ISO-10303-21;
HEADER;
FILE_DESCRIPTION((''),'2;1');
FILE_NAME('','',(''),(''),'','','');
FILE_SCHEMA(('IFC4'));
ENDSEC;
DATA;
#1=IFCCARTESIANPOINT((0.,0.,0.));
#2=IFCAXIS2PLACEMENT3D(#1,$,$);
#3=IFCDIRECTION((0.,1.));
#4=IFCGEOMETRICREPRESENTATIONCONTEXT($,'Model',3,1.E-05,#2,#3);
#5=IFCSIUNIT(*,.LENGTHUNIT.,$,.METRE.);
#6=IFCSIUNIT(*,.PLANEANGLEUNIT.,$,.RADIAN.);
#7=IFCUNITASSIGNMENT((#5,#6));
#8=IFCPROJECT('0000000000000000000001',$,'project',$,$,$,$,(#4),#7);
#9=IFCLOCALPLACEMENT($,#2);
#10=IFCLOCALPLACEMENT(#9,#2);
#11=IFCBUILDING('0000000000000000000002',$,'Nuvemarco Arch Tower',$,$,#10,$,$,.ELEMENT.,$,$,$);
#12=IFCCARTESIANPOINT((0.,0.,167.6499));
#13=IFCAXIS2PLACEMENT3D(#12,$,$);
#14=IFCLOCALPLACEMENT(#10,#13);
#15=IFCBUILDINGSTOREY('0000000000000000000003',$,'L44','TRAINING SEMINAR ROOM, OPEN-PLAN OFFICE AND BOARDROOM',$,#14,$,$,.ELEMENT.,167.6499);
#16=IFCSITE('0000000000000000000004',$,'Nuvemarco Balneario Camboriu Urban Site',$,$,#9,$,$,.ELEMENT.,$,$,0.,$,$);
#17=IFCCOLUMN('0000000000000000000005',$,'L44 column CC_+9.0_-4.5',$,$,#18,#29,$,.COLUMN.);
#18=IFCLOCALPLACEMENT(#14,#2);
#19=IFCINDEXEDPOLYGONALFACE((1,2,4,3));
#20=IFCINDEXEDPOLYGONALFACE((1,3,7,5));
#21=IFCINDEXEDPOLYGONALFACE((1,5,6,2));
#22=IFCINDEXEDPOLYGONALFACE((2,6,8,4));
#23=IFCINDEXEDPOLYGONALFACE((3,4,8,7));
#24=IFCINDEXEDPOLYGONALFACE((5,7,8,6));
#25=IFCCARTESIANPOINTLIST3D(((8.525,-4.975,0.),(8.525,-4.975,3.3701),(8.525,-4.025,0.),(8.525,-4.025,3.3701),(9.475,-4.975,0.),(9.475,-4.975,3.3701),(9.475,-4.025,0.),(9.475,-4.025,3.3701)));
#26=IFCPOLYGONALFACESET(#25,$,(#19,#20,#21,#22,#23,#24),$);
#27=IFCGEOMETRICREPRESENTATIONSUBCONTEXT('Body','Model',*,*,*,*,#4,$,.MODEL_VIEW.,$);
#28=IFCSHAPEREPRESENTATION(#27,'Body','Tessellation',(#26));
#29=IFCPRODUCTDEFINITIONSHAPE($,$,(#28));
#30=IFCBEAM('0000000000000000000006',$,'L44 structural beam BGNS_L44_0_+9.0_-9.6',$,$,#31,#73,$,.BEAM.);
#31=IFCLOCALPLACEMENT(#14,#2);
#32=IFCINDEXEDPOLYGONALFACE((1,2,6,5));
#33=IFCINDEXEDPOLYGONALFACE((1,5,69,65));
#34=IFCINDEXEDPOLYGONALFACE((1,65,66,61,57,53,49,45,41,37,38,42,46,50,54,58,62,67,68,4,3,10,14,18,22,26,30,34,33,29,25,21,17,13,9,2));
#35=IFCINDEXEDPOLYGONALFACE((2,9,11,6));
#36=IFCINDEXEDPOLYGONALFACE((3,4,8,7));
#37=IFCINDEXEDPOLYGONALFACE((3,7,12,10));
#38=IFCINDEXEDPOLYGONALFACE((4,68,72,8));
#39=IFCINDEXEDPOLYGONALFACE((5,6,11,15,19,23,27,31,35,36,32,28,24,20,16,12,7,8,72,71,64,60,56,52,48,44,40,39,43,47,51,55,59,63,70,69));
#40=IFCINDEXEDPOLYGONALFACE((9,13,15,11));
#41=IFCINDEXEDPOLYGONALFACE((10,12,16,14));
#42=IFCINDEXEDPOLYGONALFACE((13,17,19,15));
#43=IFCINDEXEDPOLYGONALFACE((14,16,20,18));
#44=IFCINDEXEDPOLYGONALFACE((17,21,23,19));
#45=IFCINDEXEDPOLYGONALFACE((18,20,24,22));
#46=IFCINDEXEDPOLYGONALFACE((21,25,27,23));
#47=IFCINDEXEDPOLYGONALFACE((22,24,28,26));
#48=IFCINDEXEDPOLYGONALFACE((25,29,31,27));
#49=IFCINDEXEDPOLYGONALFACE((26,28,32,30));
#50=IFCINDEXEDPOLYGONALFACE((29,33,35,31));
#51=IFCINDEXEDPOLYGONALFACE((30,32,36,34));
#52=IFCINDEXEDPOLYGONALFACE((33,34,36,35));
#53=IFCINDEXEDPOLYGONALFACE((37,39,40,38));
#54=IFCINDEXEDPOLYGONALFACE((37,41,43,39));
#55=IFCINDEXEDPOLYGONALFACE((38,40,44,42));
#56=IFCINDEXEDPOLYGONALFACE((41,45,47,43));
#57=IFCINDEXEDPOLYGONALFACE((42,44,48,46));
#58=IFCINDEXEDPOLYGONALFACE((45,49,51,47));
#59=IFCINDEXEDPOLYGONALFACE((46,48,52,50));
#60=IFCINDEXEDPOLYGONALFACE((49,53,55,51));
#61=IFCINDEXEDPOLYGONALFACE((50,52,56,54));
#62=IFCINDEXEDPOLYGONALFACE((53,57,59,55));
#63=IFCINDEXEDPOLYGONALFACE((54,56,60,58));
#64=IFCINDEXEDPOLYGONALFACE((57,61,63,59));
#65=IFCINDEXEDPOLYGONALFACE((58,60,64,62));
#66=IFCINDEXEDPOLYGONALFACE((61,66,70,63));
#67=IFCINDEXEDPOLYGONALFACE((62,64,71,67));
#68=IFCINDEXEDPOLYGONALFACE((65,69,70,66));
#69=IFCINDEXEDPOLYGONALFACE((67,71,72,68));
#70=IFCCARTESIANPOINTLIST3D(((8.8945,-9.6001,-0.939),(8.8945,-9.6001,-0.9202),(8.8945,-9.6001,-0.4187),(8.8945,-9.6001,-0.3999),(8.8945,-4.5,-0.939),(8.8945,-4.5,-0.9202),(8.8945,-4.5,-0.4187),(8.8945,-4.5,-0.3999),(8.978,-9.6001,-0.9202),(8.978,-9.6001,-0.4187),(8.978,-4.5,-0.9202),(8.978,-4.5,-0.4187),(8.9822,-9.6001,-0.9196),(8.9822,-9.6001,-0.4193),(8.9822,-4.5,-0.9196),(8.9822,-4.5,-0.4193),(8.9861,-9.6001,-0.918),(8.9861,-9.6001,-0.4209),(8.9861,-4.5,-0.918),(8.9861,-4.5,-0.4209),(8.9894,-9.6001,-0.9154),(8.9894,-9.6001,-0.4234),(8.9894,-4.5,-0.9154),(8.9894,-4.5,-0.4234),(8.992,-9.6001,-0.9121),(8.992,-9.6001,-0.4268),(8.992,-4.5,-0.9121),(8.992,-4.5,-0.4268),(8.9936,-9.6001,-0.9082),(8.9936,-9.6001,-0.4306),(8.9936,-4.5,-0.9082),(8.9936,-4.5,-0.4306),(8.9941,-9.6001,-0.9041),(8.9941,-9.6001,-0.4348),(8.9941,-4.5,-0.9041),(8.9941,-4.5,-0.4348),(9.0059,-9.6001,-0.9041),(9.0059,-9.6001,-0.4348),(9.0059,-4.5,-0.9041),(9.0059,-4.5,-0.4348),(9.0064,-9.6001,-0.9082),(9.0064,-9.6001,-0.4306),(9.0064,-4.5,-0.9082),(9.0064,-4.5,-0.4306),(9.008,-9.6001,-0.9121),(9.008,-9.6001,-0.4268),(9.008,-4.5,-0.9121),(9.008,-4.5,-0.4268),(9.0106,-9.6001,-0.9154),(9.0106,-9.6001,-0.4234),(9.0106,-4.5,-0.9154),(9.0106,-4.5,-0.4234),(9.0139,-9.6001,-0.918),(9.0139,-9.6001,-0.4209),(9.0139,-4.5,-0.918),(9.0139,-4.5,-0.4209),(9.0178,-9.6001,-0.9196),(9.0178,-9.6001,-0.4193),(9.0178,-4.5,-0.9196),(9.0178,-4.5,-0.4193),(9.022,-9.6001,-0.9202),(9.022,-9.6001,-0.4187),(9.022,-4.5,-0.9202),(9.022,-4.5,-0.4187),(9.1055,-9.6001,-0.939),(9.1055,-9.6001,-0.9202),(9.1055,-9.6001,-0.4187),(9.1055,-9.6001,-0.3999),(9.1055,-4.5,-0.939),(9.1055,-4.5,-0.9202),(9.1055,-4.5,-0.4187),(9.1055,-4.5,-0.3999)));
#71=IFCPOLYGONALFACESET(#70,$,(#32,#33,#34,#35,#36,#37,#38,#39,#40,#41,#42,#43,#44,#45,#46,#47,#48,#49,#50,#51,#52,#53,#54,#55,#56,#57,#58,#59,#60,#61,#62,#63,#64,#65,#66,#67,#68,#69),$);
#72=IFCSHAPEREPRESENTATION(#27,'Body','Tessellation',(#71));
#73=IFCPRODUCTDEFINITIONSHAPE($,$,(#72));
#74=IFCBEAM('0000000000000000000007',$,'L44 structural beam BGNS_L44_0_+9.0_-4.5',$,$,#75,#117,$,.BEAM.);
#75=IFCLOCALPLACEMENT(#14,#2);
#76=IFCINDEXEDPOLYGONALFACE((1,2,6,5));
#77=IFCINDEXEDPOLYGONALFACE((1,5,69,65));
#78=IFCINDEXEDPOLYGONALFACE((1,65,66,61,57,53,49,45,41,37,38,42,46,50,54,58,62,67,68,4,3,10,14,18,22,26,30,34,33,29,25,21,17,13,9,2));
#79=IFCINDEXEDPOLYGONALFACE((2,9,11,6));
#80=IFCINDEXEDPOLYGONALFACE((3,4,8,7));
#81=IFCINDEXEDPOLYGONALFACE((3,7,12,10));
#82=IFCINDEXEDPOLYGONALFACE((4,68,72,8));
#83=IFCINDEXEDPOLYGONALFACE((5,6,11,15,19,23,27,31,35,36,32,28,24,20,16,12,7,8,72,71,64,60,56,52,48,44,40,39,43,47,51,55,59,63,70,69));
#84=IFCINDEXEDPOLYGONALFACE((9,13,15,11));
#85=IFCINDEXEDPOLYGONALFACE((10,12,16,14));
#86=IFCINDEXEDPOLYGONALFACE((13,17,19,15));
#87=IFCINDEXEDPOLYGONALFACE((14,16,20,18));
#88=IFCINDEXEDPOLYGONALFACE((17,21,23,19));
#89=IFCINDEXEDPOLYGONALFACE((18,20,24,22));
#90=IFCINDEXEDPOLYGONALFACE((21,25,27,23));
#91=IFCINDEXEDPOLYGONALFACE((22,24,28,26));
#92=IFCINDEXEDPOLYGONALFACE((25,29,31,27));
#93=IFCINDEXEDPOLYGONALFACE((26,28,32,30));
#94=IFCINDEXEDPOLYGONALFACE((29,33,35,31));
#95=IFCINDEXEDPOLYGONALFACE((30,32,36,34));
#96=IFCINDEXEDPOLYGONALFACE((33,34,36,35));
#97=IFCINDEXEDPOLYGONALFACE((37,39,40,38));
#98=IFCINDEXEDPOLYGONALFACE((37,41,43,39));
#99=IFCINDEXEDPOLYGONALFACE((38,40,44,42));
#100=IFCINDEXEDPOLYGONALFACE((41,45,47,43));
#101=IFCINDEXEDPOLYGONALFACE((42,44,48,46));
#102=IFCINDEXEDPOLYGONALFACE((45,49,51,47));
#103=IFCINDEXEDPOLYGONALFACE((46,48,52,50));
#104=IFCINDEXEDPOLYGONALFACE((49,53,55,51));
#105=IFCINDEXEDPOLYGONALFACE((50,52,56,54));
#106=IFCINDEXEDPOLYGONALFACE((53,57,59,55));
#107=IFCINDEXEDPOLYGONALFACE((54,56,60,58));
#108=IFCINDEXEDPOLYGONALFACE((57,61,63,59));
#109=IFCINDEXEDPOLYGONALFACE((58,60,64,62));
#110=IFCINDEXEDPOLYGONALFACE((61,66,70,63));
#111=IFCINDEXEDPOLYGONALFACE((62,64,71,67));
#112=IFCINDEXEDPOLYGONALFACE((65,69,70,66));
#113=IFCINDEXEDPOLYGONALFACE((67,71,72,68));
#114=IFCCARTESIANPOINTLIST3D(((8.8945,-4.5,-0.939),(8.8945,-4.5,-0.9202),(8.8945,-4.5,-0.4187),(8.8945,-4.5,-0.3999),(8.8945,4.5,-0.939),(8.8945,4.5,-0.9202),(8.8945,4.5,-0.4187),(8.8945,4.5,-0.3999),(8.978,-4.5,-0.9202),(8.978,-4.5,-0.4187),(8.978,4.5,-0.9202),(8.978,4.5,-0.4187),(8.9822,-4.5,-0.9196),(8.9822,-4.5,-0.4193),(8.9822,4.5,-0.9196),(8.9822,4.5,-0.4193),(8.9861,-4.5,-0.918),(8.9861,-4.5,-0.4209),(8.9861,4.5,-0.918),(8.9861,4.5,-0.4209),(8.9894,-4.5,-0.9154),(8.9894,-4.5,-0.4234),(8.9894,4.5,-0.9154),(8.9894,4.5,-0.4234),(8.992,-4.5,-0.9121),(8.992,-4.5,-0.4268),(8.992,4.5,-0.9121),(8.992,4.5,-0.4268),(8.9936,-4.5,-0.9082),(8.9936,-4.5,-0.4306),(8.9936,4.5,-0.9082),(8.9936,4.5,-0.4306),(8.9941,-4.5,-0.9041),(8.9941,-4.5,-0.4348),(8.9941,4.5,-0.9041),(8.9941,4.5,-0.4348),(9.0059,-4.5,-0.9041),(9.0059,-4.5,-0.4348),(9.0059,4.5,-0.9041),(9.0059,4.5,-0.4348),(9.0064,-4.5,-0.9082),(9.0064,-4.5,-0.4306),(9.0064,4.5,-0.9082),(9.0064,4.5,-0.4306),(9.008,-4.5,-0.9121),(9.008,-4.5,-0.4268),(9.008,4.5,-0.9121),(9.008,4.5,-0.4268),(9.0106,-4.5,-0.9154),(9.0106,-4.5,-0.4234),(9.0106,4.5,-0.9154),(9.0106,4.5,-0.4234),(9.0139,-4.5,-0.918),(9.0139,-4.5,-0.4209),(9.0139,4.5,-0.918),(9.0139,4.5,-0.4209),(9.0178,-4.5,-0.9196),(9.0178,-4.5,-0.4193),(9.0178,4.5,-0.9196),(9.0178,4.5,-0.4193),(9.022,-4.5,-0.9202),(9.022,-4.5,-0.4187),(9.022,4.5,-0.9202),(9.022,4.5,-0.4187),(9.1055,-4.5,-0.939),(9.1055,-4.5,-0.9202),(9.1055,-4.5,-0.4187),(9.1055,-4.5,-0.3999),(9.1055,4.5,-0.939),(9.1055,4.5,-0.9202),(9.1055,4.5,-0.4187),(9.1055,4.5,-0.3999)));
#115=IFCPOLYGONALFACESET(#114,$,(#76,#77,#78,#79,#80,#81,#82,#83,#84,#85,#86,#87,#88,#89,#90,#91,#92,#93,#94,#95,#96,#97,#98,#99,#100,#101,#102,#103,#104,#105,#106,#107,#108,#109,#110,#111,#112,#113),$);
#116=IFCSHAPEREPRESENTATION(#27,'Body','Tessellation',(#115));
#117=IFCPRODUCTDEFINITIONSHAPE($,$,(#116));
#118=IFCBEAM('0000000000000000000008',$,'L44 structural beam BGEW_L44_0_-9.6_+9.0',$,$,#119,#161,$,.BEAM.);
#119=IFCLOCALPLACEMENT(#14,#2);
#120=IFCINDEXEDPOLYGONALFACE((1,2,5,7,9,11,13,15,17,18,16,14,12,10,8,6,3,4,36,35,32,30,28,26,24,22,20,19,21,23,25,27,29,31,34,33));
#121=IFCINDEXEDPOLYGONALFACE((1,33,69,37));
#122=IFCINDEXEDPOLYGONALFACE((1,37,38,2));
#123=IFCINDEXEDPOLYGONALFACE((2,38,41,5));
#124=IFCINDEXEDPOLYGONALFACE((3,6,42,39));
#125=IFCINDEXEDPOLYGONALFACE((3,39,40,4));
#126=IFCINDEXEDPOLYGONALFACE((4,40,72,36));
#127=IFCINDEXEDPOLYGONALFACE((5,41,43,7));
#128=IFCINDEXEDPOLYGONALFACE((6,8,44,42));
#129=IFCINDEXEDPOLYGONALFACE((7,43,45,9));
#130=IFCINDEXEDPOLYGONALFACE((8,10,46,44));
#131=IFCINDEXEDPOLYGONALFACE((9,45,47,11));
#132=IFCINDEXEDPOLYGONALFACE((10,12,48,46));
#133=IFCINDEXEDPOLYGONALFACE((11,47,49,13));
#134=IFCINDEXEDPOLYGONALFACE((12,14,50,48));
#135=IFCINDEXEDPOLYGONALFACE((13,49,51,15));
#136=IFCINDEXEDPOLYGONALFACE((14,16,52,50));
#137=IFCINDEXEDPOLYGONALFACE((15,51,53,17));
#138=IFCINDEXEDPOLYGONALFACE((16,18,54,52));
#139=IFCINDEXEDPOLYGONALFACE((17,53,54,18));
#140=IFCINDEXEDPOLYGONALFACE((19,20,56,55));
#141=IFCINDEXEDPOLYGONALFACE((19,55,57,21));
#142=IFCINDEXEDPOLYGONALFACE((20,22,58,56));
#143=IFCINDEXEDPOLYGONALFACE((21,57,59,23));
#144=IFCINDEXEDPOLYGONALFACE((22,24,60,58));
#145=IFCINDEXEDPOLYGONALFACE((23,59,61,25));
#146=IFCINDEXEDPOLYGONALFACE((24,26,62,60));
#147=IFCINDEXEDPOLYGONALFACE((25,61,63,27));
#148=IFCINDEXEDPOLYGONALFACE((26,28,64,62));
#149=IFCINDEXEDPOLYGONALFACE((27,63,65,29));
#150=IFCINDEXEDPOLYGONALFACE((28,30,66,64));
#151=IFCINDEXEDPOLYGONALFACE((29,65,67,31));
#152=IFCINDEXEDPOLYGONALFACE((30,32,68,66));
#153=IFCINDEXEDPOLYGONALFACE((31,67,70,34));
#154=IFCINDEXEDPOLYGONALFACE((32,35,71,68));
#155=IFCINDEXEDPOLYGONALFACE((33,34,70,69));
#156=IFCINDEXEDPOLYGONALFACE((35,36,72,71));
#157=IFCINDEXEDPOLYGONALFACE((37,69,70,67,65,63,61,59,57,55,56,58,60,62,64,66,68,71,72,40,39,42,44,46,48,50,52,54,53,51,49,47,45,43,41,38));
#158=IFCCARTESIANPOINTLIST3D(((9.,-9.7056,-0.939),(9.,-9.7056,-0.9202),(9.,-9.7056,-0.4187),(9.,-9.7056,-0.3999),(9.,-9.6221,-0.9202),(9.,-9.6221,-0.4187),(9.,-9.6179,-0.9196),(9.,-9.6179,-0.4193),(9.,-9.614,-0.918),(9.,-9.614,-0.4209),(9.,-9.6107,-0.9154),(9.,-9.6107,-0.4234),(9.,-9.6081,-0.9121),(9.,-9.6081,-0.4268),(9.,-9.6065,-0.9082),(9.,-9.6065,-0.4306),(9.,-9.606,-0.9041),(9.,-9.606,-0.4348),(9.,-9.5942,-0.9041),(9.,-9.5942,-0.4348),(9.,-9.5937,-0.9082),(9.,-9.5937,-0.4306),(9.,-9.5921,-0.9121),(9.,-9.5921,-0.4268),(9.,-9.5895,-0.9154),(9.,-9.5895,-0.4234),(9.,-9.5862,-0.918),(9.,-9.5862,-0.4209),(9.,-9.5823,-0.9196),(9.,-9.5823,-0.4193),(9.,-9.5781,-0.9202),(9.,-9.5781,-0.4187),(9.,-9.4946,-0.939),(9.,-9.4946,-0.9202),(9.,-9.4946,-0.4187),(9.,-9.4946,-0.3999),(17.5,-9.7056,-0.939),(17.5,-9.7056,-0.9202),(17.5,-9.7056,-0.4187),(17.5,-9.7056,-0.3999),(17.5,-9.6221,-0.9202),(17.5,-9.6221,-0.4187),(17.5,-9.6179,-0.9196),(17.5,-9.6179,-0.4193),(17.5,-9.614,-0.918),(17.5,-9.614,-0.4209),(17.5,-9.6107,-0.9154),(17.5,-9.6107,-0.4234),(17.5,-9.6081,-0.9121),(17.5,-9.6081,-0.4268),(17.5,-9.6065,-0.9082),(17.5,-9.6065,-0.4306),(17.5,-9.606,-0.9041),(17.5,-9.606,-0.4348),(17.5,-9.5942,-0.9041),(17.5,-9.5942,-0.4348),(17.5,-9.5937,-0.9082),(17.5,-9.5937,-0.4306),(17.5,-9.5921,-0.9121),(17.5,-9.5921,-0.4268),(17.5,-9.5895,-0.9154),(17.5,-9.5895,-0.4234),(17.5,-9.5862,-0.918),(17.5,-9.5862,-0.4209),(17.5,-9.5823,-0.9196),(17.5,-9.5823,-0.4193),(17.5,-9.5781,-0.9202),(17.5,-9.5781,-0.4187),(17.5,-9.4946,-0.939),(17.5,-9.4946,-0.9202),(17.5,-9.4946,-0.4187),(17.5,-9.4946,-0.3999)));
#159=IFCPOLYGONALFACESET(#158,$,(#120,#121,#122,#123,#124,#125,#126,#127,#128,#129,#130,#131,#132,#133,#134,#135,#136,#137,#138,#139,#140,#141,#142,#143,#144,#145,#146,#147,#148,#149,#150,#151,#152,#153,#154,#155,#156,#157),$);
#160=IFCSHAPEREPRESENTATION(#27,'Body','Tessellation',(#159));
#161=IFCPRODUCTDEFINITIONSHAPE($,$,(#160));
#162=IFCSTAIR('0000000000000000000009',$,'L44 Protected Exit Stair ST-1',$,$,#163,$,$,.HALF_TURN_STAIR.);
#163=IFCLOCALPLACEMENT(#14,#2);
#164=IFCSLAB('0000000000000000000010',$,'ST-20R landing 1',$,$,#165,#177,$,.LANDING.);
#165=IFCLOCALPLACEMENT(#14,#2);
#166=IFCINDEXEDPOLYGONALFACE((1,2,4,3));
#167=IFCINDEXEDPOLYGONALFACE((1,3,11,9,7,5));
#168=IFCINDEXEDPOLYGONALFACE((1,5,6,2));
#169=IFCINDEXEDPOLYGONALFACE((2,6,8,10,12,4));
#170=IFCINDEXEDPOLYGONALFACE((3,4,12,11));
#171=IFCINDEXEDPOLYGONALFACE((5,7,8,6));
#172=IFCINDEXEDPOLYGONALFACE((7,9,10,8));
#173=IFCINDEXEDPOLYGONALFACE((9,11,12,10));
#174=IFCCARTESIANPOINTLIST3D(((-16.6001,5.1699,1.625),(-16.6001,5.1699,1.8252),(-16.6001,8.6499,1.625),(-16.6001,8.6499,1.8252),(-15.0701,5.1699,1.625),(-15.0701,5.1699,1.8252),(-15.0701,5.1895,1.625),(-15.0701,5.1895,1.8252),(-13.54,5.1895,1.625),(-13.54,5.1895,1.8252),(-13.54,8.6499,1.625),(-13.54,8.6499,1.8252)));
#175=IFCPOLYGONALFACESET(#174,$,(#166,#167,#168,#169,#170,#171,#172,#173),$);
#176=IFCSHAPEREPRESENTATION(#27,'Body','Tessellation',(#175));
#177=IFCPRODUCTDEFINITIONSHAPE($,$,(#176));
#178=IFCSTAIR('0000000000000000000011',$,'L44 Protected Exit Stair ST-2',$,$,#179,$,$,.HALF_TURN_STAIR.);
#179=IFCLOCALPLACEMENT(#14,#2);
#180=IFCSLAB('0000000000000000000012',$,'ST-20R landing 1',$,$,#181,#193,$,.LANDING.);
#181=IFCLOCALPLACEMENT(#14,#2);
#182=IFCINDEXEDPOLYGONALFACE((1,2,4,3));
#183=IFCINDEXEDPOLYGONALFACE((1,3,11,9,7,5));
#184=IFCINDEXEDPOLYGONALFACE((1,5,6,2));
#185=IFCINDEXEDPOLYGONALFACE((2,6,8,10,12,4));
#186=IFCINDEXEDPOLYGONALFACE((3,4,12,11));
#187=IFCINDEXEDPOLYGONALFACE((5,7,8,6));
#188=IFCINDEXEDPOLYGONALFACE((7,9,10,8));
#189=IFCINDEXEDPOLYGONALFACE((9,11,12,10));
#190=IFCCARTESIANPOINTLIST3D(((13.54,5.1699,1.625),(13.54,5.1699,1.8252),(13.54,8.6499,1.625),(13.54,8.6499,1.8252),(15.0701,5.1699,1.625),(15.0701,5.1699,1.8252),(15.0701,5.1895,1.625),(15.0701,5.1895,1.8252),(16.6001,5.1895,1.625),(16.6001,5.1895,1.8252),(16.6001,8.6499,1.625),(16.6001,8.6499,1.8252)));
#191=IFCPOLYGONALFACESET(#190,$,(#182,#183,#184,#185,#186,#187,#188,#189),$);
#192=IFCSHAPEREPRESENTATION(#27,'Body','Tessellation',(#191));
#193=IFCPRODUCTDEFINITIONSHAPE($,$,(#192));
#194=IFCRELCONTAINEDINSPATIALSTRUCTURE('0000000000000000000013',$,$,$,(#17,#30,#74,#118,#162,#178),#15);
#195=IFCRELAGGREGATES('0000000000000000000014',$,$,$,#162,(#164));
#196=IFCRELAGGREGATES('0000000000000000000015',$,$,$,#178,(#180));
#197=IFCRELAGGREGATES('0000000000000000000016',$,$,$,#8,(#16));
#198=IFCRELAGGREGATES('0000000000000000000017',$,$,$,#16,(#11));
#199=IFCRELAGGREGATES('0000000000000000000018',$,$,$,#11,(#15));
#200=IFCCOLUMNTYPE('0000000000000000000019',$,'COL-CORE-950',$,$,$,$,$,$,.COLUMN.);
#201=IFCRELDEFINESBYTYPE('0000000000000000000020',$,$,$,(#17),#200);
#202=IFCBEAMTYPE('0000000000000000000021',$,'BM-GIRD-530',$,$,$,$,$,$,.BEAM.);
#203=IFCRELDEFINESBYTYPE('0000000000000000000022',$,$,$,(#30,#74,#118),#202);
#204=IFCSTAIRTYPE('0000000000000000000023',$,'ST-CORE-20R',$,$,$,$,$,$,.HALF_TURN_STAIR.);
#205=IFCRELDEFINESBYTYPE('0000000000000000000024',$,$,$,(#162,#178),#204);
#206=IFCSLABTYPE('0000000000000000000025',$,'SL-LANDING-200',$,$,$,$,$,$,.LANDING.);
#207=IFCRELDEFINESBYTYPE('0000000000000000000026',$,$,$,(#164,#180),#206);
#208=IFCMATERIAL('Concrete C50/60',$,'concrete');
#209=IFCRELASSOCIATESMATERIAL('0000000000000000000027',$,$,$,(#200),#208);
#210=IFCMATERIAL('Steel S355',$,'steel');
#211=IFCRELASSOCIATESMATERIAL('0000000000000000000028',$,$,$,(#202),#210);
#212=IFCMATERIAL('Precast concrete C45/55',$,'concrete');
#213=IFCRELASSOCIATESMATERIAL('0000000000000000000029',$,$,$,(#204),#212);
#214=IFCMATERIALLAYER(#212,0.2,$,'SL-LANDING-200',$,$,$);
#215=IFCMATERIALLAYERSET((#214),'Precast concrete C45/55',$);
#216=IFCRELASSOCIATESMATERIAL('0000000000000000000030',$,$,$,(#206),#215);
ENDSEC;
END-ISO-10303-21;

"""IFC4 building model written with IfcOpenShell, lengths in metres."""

from ifc_helpers import new_model, si_unit, direction, frame, origin, origin_2d, place, context, subcontext, project, spatial, polyline, rectangle, i_section, outline, extrude, material, layer, layer_set, material_profile, profile_set, type_object, element, aggregate, save


model = new_model("IFC4")

# Units and contexts
model_context = context("Model", 3, precision=1e-05, world=origin(), true_north=direction((0.0, 1.0)))
body_context = subcontext(model_context, "Body", "Model", "MODEL_VIEW")
ifc_project = project(units=[si_unit("LENGTHUNIT", "METRE"), si_unit("PLANEANGLEUNIT", "RADIAN")], contexts=[model_context])

# Site, building, storey
site_placement = place(None, origin())
site = spatial("IfcSite", under=ifc_project, at=site_placement, Name="Nuvemarco Balneario Camboriu Urban Site", CompositionType="ELEMENT", RefElevation=0.0)
building_placement = place(site_placement, origin())
building = spatial("IfcBuilding", under=site, at=building_placement, Name="Nuvemarco Arch Tower", CompositionType="ELEMENT")
storey_placement = place(building_placement, frame((0.0, 0.0, 167.6499)))
storey = spatial("IfcBuildingStorey", under=building, at=storey_placement, Name="L44", Description="TRAINING SEMINAR ROOM, OPEN-PLAN OFFICE AND BOARDROOM", CompositionType="ELEMENT", Elevation=167.6499)

# Column
ifc_material_1 = material(Name="Concrete C50/60", Category="concrete")
ifc_material_profile_1 = material_profile(ifc_material_1, rectangle(XDim=0.95, YDim=0.95, at=origin_2d()), Name="RC-COL-950x950")
ifc_profile_set_1 = profile_set([ifc_material_profile_1], Name="Concrete C50/60")
column_type = type_object("IfcColumnType", Name="COL-CORE-950", PredefinedType="COLUMN", material=ifc_profile_set_1)
column_placement = place(storey_placement, frame((9.0, -4.5, 0.0), z_axis=(0.0, 0.0, 1.0), x_axis=(1.0, 0.0, 0.0)))
element("IfcColumn", 1, at=column_placement, inside=storey, type_object=column_type, Name="L44 column CC_+9.0_-4.5", PredefinedType="COLUMN", context=body_context, shape_type="SweptSolid", body=[
    extrude(rectangle(XDim=0.95, YDim=0.95, at=origin_2d()), origin(), (0.0, 0.0, 1.0), 3.3701),
])

# Beams
ifc_material_2 = material(Name="Steel S355", Category="steel")
ifc_material_profile_2 = material_profile(ifc_material_2, i_section(OverallWidth=0.2109, OverallDepth=0.5391, WebThickness=0.0117, FlangeThickness=0.0188, FilletRadius=0.0161, at=origin_2d()), Name="W530x109")
ifc_profile_set_2 = profile_set([ifc_material_profile_2], Name="Steel S355")
beam_type = type_object("IfcBeamType", Name="BM-GIRD-530", PredefinedType="BEAM", material=ifc_profile_set_2)
beam_1_placement = place(storey_placement, frame((9.0, -9.6001, -0.6694), z_axis=(0.0, 1.0, 0.0), x_axis=(-1.0, 0.0, 0.0)))
element("IfcBeam", 2, at=beam_1_placement, inside=storey, type_object=beam_type, Name="L44 structural beam BGNS_L44_0_+9.0_-9.6", PredefinedType="BEAM", context=body_context, shape_type="SweptSolid", body=[
    extrude(i_section(OverallWidth=0.2109, OverallDepth=0.5391, WebThickness=0.0117, FlangeThickness=0.0188, FilletRadius=0.0161, at=origin_2d()), origin(), (0.0, 0.0, 1.0), 5.1001),
])
beam_2_placement = place(storey_placement, frame((9.0, -4.5, -0.6694), z_axis=(0.0, 1.0, 0.0), x_axis=(-1.0, 0.0, 0.0)))
element("IfcBeam", 3, at=beam_2_placement, inside=storey, type_object=beam_type, Name="L44 structural beam BGNS_L44_0_+9.0_-4.5", PredefinedType="BEAM", context=body_context, shape_type="SweptSolid", body=[
    extrude(i_section(OverallWidth=0.2109, OverallDepth=0.5391, WebThickness=0.0117, FlangeThickness=0.0188, FilletRadius=0.0161, at=origin_2d()), origin(), (0.0, 0.0, 1.0), 9.0),
])
beam_3_placement = place(storey_placement, frame((9.0, -9.6001, -0.6694), z_axis=(1.0, 0.0, 0.0), x_axis=(0.0, 1.0, 0.0)))
element("IfcBeam", 4, at=beam_3_placement, inside=storey, type_object=beam_type, Name="L44 structural beam BGEW_L44_0_-9.6_+9.0", PredefinedType="BEAM", context=body_context, shape_type="SweptSolid", body=[
    extrude(i_section(OverallWidth=0.2109, OverallDepth=0.5391, WebThickness=0.0117, FlangeThickness=0.0188, FilletRadius=0.0161, at=origin_2d()), origin(), (0.0, 0.0, 1.0), 8.5),
])

# Stairs, slabs
ifc_material_3 = material(Name="Precast concrete C45/55", Category="concrete")
stair_type = type_object("IfcStairType", Name="ST-CORE-20R", PredefinedType="HALF_TURN_STAIR", material=ifc_material_3)
stair_1_placement = place(storey_placement, origin())
stair_1 = element("IfcStair", 5, at=stair_1_placement, inside=storey, type_object=stair_type, Name="L44 Protected Exit Stair ST-1", PredefinedType="HALF_TURN_STAIR")
ifc_layer_1 = layer(ifc_material_3, 0.2, Name="SL-LANDING-200")
ifc_layer_set_1 = layer_set([ifc_layer_1], Name="Precast concrete C45/55")
slab_type = type_object("IfcSlabType", Name="SL-LANDING-200", PredefinedType="LANDING", material=ifc_layer_set_1)
slab_1_placement = place(storey_placement, frame((0.0, 0.0, 1.625)))
slab_1 = element("IfcSlab", 6, at=slab_1_placement, type_object=slab_type, Name="ST-20R landing 1", PredefinedType="LANDING", context=body_context, shape_type="SweptSolid", body=[
    extrude(outline(polyline([(-13.54, 5.1895), (-13.54, 8.6499), (-16.6001, 8.6499), (-16.6001, 5.1699), (-15.0701, 5.1699), (-15.0701, 5.1895), (-13.54, 5.1895)])), origin(), (0.0, 0.0, 1.0), 0.2002),
])
aggregate(stair_1, [slab_1])
stair_2_placement = place(storey_placement, origin())
stair_2 = element("IfcStair", 7, at=stair_2_placement, inside=storey, type_object=stair_type, Name="L44 Protected Exit Stair ST-2", PredefinedType="HALF_TURN_STAIR")
slab_2_placement = place(storey_placement, frame((0.0, 0.0, 1.625)))
slab_2 = element("IfcSlab", 8, at=slab_2_placement, type_object=slab_type, Name="ST-20R landing 1", PredefinedType="LANDING", context=body_context, shape_type="SweptSolid", body=[
    extrude(outline(polyline([(16.6001, 5.1895), (16.6001, 8.6499), (13.54, 8.6499), (13.54, 5.1699), (15.0701, 5.1699), (15.0701, 5.1895), (16.6001, 5.1895)])), origin(), (0.0, 0.0, 1.0), 0.2002),
])
aggregate(stair_2, [slab_2])

save(model, "model.ifc")
